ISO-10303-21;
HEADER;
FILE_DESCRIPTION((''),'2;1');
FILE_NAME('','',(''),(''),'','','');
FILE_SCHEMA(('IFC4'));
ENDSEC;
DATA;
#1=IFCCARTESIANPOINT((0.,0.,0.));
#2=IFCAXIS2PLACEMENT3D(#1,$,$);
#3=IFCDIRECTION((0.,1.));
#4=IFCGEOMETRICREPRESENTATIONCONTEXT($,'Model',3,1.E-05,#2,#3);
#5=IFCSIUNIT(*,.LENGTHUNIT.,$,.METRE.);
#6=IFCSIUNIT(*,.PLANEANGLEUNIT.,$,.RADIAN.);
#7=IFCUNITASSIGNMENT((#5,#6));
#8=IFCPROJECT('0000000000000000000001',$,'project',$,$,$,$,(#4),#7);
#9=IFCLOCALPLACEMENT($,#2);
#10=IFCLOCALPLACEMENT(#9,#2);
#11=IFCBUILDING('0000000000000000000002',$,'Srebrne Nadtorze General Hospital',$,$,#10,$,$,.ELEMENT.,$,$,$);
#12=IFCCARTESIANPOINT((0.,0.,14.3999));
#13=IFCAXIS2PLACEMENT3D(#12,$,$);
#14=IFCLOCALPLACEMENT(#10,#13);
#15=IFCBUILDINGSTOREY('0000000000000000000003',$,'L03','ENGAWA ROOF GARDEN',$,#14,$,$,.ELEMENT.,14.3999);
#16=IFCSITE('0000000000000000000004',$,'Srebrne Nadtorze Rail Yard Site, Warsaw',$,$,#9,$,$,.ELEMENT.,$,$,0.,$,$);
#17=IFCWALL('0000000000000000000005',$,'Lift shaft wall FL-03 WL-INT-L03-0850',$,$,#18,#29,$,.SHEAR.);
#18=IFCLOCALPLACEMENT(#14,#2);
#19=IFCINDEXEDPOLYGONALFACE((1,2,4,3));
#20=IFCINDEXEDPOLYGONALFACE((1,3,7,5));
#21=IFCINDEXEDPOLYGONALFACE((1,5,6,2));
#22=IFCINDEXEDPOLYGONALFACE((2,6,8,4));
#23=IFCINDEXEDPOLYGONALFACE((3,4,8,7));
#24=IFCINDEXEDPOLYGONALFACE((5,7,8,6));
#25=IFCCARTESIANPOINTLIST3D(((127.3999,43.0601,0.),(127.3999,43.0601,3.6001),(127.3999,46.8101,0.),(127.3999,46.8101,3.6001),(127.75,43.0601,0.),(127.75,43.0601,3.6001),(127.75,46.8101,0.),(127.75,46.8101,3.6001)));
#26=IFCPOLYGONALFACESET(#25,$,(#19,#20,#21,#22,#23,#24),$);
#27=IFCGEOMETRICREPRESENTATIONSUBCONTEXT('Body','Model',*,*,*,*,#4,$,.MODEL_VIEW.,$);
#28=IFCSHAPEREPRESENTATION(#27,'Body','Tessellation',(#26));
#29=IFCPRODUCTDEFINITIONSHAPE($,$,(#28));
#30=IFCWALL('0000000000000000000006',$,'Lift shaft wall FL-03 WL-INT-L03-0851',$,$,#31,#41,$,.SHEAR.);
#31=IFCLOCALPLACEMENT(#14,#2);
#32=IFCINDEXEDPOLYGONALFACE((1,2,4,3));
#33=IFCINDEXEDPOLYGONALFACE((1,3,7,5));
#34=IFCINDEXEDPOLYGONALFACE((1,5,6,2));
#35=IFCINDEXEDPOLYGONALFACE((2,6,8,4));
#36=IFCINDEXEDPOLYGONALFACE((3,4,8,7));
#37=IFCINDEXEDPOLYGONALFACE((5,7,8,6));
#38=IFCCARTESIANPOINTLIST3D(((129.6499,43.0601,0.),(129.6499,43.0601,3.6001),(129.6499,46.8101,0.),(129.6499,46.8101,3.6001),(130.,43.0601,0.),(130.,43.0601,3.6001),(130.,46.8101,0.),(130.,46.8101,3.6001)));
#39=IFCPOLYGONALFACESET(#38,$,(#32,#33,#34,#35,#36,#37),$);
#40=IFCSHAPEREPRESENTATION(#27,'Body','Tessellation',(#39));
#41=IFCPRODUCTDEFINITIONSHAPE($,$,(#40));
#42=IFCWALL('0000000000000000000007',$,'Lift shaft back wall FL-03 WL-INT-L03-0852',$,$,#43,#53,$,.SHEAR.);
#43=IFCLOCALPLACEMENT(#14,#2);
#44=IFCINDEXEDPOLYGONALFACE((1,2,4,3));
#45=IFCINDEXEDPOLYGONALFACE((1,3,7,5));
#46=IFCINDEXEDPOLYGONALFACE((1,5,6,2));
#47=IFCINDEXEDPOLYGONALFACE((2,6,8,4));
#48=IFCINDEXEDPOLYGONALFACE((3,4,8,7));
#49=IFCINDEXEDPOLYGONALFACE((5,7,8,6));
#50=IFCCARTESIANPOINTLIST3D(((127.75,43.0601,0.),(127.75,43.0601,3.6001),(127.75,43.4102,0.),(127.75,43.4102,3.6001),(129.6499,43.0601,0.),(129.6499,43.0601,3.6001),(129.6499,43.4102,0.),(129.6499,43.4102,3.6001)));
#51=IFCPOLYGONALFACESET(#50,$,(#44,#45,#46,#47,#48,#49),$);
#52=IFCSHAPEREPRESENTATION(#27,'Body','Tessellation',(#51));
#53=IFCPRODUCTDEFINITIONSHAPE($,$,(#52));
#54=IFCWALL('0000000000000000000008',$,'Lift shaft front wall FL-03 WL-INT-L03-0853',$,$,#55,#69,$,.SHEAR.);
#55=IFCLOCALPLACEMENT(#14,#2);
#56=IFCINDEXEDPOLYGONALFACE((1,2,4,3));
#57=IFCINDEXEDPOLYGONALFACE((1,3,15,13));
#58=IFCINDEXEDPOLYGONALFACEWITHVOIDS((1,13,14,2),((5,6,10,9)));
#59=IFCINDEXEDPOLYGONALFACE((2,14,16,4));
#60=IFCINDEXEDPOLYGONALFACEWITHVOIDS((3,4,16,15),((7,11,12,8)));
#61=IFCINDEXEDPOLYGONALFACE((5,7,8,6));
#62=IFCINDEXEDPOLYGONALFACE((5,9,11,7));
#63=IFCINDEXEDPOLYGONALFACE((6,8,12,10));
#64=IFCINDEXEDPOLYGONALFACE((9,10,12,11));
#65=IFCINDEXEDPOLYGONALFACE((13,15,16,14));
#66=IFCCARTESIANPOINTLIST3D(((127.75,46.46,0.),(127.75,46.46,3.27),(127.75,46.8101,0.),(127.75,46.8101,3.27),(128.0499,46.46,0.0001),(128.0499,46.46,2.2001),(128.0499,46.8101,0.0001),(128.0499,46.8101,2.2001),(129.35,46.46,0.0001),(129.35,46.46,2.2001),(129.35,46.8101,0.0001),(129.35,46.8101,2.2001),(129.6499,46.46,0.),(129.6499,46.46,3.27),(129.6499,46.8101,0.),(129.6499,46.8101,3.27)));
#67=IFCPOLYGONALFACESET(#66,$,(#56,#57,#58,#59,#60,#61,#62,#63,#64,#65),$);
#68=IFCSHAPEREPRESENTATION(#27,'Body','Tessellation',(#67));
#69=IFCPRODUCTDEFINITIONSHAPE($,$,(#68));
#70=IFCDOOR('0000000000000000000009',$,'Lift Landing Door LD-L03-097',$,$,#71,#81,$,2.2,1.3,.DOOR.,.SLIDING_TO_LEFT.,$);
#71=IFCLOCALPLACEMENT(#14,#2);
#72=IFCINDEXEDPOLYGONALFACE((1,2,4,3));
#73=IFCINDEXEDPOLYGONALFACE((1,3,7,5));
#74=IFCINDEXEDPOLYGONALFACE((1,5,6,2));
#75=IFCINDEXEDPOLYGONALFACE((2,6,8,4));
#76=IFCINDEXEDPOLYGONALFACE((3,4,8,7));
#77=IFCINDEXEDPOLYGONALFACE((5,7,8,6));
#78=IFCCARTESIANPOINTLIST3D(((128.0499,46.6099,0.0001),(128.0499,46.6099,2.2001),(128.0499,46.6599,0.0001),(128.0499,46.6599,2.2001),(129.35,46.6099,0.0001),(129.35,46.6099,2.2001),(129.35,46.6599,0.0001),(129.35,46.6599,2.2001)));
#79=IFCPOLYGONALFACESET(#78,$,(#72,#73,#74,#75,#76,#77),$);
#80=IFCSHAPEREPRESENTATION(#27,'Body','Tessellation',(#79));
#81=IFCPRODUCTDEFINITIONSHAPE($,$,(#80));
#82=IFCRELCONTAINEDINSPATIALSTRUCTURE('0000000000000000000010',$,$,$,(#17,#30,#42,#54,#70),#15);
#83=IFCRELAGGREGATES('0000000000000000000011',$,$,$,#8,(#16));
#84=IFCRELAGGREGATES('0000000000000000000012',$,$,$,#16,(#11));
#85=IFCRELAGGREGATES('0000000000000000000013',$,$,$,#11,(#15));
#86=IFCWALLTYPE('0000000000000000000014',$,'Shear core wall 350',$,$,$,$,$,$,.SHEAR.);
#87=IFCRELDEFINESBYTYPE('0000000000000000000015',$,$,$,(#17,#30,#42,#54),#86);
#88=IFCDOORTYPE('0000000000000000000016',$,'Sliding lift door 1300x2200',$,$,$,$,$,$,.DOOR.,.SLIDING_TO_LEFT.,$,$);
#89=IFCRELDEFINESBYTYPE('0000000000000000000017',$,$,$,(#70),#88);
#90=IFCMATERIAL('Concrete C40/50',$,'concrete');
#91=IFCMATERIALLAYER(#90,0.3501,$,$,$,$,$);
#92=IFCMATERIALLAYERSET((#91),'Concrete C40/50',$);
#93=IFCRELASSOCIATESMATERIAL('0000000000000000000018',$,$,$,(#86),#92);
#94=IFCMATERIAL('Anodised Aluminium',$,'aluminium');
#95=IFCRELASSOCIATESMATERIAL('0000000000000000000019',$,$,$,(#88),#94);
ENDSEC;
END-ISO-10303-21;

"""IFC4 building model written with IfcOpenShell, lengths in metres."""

from ifc_helpers import new_model, si_unit, direction, frame, frame_2d, origin, place, context, subcontext, project, spatial, rectangle, extrude, material, layer, layer_set, type_object, element, fill, save


model = new_model("IFC4")

# Units and contexts
model_context = context("Model", 3, precision=1e-05, world=origin(), true_north=direction((0.0, 1.0)))
body_context = subcontext(model_context, "Body", "Model", "MODEL_VIEW")
ifc_project = project(units=[si_unit("LENGTHUNIT", "METRE"), si_unit("PLANEANGLEUNIT", "RADIAN")], contexts=[model_context])

# Site, building, storey
site_placement = place(None, origin())
site = spatial("IfcSite", under=ifc_project, at=site_placement, Name="Srebrne Nadtorze Rail Yard Site, Warsaw", CompositionType="ELEMENT", RefElevation=0.0)
building_placement = place(site_placement, origin())
building = spatial("IfcBuilding", under=site, at=building_placement, Name="Srebrne Nadtorze General Hospital", CompositionType="ELEMENT")
storey_placement = place(building_placement, frame((0.0, 0.0, 14.3999)))
storey = spatial("IfcBuildingStorey", under=building, at=storey_placement, Name="L03", Description="ENGAWA ROOF GARDEN", CompositionType="ELEMENT", Elevation=14.3999)

# Shared definitions
ifc_material_1 = material(Name="Concrete C40/50", Category="concrete")
ifc_layer_1 = layer(ifc_material_1, 0.3501)
ifc_layer_set_1 = layer_set([ifc_layer_1], Name="Concrete C40/50")
wall_type_1 = type_object("IfcWallType", Name="Shear core wall 350", PredefinedType="SHEAR", material=ifc_layer_set_1)

# Walls
for number, where, z_axis, x_axis, name in (
    (1, (127.575, 43.0601, 0.0), (0.0, 0.0, 1.0), (0.0, 1.0, 0.0), "Lift shaft wall FL-03 WL-INT-L03-0850"),
    (2, (129.825, 43.0601, 0.0), (0.0, 0.0, 1.0), (0.0, 1.0, 0.0), "Lift shaft wall FL-03 WL-INT-L03-0851"),
):
    element("IfcWall", number, at=place(storey_placement, frame(where, z_axis=z_axis, x_axis=x_axis)), inside=storey, type_object=wall_type_1, Name=name, PredefinedType="SHEAR", context=body_context, shape_type="SweptSolid", body=[
        extrude(rectangle(XDim=3.75, YDim=0.3501, at=frame_2d((1.875, 0.0))), origin(), (0.0, 0.0, 1.0), 3.6001),
    ])
wall_1_placement = place(storey_placement, frame((127.75, 43.2351, 0.0), z_axis=(0.0, 0.0, 1.0), x_axis=(1.0, 0.0, 0.0)))
element("IfcWall", 3, at=wall_1_placement, inside=storey, type_object=wall_type_1, Name="Lift shaft back wall FL-03 WL-INT-L03-0852", PredefinedType="SHEAR", context=body_context, shape_type="SweptSolid", body=[
    extrude(rectangle(XDim=1.8999, YDim=0.3501, at=frame_2d((0.95, 0.0))), origin(), (0.0, 0.0, 1.0), 3.6001),
])

# Wall, opening, door
wall_2_placement = place(storey_placement, frame((127.75, 46.635, 0.0), z_axis=(0.0, 0.0, 1.0), x_axis=(1.0, 0.0, 0.0)))
wall_2 = element("IfcWall", 4, at=wall_2_placement, inside=storey, type_object=wall_type_1, Name="Lift shaft front wall FL-03 WL-INT-L03-0853", PredefinedType="SHEAR", context=body_context, shape_type="SweptSolid", body=[
    extrude(rectangle(XDim=1.8999, YDim=0.3501, at=frame_2d((0.95, 0.0))), origin(), (0.0, 0.0, 1.0), 3.27),
])
opening_1_placement = place(wall_2_placement, frame((0.3, 0.0, 0.0)))
opening_1 = element("IfcOpeningElement", 5, at=opening_1_placement, cuts=wall_2, PredefinedType="OPENING", context=body_context, shape_type="SweptSolid", body=[
    extrude(rectangle(XDim=1.3, YDim=2.2, at=frame_2d((0.6499, 1.1001))), frame((0.0, 0.187, 0.0), z_axis=(0.0, -1.0, 0.0), x_axis=(1.0, 0.0, 0.0)), (0.0, 0.0, 1.0), 0.374),
])
ifc_material_2 = material(Name="Anodised Aluminium", Category="aluminium")
door_type_1 = type_object("IfcDoorType", Name="Sliding lift door 1300x2200", OperationType="SLIDING_TO_LEFT", PredefinedType="DOOR", material=ifc_material_2)
door_1_placement = place(opening_1_placement, origin())
door_1 = element("IfcDoor", 6, at=door_1_placement, inside=storey, type_object=door_type_1, Name="Lift Landing Door LD-L03-097", OperationType="SLIDING_TO_LEFT", OverallHeight=2.2, OverallWidth=1.3, PredefinedType="DOOR", context=body_context, shape_type="SweptSolid", body=[
    extrude(rectangle(XDim=1.3, YDim=2.2, at=frame_2d((0.6499, 1.1001))), frame((0.0, 0.0249, 0.0), z_axis=(0.0, -1.0, 0.0), x_axis=(1.0, 0.0, 0.0)), (0.0, 0.0, 1.0), 0.05),
])
fill(opening_1, door_1)

save(model, "model.ifc")
